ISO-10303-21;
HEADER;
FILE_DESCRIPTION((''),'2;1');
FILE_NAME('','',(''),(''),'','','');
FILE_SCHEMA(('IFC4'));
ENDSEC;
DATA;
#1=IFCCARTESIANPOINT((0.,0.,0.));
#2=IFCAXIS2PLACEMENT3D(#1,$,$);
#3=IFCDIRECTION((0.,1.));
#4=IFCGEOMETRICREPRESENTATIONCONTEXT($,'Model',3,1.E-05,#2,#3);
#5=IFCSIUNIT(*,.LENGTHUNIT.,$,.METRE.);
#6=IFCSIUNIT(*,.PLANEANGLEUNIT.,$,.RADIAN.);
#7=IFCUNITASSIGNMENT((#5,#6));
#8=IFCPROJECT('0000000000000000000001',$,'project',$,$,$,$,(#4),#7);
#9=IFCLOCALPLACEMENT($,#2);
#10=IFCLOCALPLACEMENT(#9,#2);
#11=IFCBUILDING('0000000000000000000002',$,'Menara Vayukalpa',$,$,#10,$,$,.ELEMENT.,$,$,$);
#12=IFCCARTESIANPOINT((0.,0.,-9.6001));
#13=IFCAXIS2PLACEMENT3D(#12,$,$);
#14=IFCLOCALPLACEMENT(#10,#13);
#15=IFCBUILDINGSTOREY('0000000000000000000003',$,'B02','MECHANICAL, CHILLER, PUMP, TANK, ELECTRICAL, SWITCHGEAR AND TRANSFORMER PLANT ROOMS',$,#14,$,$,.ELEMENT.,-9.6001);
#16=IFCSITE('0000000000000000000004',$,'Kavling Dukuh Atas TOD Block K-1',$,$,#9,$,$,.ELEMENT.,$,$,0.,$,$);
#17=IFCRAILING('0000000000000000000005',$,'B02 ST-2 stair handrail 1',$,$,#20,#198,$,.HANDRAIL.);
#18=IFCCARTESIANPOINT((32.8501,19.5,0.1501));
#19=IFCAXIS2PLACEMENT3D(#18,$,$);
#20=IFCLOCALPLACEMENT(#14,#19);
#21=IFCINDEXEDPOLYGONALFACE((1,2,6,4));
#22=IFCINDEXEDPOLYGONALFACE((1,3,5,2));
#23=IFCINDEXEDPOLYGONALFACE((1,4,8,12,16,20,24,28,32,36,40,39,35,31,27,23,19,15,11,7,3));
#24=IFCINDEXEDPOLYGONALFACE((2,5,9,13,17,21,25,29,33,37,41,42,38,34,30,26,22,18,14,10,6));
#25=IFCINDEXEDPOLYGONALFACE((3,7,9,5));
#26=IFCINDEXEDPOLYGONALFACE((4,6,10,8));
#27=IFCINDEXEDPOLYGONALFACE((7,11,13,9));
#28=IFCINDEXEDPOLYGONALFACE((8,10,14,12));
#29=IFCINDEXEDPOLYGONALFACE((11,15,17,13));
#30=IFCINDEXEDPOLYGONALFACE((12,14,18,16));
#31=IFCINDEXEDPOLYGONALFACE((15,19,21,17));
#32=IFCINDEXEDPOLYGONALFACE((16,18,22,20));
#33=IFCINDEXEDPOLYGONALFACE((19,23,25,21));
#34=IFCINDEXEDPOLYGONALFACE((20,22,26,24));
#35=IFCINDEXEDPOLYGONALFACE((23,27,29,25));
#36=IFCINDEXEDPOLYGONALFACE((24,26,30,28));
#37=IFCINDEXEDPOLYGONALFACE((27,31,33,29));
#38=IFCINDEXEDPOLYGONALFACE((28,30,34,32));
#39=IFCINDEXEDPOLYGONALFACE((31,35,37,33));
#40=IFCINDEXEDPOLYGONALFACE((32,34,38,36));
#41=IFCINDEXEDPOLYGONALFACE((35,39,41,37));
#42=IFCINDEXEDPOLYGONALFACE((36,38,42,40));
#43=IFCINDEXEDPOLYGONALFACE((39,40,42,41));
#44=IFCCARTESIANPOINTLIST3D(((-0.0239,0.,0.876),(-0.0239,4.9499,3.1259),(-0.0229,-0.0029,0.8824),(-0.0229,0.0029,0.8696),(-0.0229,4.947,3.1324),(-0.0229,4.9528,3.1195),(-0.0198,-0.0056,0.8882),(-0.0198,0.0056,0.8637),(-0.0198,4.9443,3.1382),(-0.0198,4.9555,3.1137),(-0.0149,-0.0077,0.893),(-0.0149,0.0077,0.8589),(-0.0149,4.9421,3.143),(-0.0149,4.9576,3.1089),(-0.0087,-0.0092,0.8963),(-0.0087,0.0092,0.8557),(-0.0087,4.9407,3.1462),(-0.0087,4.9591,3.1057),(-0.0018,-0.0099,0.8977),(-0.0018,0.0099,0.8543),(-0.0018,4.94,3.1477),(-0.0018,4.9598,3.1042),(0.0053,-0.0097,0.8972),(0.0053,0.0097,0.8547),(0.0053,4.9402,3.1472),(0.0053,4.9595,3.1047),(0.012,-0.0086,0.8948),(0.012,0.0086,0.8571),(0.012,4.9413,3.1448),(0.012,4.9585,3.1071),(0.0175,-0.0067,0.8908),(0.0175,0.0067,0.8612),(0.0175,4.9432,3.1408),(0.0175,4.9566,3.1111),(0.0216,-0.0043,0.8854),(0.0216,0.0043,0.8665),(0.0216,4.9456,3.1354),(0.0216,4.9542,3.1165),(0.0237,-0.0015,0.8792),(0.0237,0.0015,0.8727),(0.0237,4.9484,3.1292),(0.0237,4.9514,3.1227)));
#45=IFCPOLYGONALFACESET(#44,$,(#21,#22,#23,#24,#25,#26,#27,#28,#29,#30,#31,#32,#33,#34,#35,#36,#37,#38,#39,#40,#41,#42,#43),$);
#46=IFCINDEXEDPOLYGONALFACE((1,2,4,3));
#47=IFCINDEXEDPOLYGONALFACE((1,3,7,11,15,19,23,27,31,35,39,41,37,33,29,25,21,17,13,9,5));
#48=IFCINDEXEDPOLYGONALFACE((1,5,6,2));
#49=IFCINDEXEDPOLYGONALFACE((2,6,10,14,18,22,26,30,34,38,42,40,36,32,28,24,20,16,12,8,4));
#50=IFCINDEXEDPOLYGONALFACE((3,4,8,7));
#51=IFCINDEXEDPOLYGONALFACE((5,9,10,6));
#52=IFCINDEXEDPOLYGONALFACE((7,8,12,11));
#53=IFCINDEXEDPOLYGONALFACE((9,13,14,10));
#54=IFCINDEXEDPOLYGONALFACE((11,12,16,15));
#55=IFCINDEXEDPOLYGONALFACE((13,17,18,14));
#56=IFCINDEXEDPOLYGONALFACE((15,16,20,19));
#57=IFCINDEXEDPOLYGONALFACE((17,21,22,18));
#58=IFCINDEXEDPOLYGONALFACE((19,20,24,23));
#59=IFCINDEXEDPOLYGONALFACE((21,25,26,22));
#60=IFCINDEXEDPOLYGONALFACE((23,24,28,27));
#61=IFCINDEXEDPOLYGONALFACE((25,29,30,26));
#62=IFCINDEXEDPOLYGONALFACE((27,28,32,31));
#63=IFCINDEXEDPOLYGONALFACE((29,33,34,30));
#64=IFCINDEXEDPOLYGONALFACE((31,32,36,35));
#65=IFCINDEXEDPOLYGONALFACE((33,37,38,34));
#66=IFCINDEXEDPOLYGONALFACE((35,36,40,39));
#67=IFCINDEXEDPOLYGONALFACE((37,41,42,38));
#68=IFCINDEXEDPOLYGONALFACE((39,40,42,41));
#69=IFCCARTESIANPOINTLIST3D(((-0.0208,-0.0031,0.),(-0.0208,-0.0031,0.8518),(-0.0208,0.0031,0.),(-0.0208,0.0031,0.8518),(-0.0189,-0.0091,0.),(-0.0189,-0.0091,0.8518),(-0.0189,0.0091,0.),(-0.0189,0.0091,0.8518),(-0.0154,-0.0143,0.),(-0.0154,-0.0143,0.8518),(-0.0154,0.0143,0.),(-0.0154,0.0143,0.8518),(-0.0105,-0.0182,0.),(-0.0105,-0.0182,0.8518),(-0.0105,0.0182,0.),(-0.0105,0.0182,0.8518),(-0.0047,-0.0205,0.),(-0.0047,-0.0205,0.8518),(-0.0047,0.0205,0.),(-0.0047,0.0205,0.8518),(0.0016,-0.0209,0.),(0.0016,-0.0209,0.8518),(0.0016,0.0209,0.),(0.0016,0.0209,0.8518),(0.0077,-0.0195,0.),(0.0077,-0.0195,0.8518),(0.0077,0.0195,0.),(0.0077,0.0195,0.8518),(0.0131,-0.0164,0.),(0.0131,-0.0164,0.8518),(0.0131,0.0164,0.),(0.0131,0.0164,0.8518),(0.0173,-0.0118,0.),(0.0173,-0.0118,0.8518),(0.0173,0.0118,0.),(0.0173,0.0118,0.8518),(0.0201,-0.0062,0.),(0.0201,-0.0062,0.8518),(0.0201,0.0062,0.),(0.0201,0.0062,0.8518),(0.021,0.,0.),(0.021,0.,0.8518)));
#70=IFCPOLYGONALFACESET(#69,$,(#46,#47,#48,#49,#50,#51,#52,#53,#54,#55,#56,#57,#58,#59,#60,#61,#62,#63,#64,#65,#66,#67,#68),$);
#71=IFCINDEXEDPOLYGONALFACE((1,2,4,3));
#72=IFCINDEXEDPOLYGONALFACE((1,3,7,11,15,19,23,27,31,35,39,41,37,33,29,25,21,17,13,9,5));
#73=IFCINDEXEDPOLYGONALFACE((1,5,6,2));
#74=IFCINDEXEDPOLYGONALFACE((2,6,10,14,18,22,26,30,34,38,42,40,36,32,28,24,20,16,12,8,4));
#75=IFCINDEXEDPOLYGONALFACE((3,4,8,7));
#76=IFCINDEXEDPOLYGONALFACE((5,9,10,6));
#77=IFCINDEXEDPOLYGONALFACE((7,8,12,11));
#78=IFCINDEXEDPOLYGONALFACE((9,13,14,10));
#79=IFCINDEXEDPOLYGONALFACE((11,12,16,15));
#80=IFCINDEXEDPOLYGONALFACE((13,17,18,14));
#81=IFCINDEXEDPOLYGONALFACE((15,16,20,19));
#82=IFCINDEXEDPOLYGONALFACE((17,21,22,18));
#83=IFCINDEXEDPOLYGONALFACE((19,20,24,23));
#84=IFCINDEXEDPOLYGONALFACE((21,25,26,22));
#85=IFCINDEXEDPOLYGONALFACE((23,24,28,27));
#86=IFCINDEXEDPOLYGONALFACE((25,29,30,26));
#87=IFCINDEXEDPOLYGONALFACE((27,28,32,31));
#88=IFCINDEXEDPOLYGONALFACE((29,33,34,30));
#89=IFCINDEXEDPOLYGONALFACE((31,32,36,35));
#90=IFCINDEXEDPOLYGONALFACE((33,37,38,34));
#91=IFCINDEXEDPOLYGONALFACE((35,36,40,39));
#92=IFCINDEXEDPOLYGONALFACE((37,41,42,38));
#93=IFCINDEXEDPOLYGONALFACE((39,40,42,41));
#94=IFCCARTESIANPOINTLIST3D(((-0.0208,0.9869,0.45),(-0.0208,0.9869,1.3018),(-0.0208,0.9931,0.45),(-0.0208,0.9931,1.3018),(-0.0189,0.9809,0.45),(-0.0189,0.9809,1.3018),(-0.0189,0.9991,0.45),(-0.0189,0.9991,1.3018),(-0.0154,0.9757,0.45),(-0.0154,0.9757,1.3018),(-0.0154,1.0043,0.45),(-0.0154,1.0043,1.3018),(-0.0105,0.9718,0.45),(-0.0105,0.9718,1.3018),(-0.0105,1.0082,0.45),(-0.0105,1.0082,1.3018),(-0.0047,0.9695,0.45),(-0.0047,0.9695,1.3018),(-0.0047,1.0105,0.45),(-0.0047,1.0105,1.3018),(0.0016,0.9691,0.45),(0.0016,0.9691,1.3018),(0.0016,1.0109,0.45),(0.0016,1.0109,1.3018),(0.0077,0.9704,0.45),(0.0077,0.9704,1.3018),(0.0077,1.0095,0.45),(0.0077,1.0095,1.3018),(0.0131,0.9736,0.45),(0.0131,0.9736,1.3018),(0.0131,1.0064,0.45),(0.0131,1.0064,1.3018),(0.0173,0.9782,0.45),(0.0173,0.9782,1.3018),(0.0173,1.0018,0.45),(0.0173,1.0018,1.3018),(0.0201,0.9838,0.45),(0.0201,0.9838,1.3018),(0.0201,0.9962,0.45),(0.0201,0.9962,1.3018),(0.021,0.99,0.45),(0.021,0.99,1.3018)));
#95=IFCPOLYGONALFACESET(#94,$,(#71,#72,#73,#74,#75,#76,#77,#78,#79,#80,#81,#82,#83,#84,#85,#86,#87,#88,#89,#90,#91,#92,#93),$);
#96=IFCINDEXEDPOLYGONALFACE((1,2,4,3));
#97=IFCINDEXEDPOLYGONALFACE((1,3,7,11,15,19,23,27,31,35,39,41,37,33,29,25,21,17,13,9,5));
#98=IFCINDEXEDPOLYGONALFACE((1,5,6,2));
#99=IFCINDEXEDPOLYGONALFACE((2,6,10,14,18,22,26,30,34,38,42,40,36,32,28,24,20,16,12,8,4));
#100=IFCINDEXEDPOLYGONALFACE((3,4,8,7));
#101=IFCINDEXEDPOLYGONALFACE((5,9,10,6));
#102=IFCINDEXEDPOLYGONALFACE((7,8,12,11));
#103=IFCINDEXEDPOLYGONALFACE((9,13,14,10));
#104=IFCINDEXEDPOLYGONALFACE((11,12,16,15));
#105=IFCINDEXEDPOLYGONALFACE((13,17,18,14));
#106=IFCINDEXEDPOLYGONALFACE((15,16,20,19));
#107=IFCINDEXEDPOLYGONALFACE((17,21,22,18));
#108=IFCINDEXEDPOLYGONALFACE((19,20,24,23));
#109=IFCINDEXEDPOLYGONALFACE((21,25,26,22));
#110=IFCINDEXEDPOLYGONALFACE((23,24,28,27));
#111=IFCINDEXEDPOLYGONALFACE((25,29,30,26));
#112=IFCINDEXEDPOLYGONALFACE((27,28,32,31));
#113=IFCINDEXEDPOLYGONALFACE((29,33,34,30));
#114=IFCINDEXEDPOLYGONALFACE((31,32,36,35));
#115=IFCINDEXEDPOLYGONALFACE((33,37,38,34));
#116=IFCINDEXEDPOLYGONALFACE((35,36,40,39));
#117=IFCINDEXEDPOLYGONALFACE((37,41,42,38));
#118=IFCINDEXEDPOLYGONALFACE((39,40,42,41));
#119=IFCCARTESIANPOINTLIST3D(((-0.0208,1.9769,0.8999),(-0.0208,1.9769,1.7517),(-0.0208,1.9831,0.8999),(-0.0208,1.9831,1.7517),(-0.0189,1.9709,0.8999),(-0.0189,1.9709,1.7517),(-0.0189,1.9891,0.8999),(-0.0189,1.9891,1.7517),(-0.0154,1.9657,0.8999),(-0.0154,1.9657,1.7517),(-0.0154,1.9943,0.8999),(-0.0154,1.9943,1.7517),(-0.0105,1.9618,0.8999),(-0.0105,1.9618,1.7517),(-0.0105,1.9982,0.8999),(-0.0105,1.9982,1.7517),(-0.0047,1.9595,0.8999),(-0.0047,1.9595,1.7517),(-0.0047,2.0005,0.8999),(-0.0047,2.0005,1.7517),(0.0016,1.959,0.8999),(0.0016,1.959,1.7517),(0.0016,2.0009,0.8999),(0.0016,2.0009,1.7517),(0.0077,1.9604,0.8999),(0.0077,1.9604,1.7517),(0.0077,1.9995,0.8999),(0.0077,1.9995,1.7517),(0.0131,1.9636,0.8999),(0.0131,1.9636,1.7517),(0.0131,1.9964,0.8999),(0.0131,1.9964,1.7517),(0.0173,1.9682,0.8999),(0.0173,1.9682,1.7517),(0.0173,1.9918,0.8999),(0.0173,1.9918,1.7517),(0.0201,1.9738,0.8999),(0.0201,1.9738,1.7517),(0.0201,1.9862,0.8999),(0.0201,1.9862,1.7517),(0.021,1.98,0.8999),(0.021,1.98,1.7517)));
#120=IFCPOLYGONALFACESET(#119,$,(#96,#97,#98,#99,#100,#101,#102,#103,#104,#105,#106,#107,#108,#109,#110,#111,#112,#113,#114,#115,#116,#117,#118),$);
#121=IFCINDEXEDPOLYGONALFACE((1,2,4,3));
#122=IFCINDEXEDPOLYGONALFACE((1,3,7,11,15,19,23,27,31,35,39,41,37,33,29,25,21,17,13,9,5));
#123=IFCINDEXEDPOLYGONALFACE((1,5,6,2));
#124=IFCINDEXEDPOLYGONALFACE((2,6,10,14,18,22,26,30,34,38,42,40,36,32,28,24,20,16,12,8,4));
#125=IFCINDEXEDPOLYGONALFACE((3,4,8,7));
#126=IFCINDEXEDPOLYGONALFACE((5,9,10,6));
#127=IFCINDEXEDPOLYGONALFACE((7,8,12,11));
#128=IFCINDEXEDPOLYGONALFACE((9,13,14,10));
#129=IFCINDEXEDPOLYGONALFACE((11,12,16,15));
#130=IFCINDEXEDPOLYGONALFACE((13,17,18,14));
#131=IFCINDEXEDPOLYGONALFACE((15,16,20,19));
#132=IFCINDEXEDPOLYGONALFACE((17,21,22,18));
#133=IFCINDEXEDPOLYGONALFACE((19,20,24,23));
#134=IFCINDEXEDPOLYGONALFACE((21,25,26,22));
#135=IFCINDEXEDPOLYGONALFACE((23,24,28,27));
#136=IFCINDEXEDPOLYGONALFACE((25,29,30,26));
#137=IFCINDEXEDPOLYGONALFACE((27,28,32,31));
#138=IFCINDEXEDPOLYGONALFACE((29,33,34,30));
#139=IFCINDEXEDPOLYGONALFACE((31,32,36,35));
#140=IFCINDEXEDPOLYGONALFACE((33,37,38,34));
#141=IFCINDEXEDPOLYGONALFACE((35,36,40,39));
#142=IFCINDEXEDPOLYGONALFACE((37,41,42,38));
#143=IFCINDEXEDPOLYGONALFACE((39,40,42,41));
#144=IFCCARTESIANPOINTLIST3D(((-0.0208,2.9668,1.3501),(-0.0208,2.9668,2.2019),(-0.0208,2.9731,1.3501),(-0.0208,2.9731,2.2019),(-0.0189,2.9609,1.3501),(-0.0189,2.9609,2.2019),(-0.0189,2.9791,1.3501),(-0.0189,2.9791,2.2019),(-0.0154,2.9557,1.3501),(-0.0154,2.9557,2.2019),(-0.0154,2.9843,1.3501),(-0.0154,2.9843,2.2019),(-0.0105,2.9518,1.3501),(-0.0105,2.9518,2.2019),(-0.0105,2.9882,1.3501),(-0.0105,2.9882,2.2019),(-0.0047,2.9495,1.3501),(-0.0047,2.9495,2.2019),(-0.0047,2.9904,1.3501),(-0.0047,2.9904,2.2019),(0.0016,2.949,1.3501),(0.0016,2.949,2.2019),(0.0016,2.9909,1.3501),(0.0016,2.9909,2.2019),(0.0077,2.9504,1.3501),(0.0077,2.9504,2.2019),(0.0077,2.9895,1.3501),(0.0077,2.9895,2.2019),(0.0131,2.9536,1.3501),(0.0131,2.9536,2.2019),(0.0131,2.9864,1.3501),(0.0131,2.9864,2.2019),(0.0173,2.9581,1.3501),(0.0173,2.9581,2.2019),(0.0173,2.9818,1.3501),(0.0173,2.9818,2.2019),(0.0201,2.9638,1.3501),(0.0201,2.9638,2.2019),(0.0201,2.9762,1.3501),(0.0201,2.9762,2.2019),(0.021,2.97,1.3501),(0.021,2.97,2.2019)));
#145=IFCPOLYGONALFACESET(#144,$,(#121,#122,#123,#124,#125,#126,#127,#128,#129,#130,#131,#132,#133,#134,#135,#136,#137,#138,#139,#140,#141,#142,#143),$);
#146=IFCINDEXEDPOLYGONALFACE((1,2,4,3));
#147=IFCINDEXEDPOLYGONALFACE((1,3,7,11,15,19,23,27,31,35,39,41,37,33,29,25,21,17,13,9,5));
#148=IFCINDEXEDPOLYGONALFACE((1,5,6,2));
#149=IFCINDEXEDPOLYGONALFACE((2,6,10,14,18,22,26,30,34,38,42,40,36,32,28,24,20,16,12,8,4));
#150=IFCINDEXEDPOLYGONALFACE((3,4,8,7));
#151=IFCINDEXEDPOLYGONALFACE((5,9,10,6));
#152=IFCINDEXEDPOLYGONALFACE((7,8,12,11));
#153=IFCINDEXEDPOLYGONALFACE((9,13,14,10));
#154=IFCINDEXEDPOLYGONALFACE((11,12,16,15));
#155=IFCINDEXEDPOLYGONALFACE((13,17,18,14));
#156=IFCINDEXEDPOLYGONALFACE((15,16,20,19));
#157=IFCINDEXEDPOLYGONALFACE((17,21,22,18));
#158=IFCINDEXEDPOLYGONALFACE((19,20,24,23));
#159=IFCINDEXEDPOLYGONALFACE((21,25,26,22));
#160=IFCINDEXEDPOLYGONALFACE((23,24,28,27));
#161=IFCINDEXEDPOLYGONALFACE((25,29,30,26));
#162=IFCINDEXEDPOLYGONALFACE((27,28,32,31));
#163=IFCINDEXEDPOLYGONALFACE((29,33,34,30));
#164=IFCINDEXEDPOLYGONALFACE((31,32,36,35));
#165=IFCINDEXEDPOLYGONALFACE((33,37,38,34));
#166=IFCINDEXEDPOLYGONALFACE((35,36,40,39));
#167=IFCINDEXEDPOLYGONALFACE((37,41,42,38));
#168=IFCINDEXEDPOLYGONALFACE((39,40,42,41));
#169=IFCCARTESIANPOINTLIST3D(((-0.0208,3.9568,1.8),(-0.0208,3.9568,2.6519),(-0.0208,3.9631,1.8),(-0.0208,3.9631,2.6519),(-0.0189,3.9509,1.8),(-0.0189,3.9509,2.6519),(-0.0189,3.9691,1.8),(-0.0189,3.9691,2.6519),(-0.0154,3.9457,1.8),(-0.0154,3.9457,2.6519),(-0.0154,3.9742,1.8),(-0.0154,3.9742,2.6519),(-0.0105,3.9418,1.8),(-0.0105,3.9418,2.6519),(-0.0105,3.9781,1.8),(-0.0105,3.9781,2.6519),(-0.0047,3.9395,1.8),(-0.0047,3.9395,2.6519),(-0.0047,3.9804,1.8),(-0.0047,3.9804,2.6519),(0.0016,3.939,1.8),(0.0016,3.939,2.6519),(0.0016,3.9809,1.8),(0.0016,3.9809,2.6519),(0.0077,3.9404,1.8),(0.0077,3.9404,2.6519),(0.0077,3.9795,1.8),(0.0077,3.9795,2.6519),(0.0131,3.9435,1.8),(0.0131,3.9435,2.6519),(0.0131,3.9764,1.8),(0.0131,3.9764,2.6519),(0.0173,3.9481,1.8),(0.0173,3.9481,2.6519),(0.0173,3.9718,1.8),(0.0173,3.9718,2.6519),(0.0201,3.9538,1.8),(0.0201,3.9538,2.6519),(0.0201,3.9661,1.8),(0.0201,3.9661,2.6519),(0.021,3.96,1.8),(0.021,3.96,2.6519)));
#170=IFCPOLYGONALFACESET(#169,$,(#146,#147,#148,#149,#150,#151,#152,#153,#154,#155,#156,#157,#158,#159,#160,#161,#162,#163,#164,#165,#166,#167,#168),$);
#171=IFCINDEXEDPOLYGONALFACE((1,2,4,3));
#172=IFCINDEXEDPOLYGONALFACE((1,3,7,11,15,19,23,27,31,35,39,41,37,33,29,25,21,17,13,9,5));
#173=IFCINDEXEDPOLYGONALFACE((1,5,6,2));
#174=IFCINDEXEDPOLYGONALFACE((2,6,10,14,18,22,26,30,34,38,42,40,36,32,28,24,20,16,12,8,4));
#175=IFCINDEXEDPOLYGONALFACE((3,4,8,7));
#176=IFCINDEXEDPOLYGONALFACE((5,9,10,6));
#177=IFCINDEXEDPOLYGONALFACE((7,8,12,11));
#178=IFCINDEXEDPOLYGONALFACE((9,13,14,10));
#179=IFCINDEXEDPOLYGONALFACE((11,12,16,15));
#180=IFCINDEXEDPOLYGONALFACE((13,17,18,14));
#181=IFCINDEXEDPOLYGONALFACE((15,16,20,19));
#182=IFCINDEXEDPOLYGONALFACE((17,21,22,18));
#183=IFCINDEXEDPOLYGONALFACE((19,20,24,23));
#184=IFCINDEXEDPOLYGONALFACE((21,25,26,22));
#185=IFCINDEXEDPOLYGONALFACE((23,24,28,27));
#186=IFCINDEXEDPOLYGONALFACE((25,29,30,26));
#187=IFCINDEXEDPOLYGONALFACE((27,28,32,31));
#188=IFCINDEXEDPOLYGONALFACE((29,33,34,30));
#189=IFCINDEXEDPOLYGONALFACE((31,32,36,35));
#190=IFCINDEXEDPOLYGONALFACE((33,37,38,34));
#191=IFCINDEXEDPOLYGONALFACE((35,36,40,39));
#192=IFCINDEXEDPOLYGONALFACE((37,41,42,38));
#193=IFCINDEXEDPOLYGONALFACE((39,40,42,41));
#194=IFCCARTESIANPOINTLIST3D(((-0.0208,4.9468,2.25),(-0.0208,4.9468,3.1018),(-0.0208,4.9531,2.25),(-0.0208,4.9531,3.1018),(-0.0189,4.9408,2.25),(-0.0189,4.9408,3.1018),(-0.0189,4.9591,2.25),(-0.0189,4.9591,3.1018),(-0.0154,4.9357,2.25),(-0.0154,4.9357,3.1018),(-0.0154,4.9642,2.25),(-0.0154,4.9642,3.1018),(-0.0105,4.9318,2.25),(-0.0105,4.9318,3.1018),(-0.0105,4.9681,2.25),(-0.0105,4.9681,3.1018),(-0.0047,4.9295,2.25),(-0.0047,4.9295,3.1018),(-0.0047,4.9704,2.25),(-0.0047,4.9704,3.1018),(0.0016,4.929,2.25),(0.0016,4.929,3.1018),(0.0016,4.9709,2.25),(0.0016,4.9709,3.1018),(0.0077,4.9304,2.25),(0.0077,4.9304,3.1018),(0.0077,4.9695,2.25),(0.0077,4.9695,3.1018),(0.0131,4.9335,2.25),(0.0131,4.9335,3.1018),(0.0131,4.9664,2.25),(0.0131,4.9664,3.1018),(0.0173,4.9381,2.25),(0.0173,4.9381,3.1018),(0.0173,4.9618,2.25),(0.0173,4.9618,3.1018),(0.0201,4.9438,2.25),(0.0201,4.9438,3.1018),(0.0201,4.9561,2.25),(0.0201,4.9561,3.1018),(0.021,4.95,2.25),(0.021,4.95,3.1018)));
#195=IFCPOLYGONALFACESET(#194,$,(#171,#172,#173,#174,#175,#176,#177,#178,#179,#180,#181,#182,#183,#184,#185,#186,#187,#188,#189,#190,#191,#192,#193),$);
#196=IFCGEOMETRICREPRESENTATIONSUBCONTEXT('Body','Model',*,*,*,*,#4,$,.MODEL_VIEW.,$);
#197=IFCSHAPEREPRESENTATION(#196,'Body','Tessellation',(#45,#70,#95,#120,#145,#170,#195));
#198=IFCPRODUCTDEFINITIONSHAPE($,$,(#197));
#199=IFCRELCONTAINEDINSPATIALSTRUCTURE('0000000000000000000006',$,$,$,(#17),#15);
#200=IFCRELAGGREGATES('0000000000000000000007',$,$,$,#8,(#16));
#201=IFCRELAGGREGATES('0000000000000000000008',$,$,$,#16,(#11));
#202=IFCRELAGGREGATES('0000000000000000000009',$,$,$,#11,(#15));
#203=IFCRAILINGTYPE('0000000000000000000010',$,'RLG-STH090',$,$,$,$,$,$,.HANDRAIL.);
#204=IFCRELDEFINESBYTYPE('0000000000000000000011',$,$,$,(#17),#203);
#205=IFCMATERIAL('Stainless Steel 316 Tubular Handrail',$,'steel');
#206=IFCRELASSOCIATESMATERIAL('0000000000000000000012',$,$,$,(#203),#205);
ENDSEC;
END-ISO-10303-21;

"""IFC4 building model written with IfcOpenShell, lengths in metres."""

from ifc_helpers import new_model, si_unit, direction, frame, origin, origin_2d, place, context, subcontext, project, spatial, circle, extrude, material, type_object, element, save


model = new_model("IFC4")

# Units and contexts
model_context = context("Model", 3, precision=1e-05, world=origin(), true_north=direction((0.0, 1.0)))
body_context = subcontext(model_context, "Body", "Model", "MODEL_VIEW")
ifc_project = project(units=[si_unit("LENGTHUNIT", "METRE"), si_unit("PLANEANGLEUNIT", "RADIAN")], contexts=[model_context])

# Site, building, storey
site_placement = place(None, origin())
site = spatial("IfcSite", under=ifc_project, at=site_placement, Name="Kavling Dukuh Atas TOD Block K-1", CompositionType="ELEMENT", RefElevation=0.0)
building_placement = place(site_placement, origin())
building = spatial("IfcBuilding", under=site, at=building_placement, Name="Menara Vayukalpa", CompositionType="ELEMENT")
storey_placement = place(building_placement, frame((0.0, 0.0, -9.6001)))
storey = spatial("IfcBuildingStorey", under=building, at=storey_placement, Name="B02", Description="MECHANICAL, CHILLER, PUMP, TANK, ELECTRICAL, SWITCHGEAR AND TRANSFORMER PLANT ROOMS", CompositionType="ELEMENT", Elevation=-9.6001)

# Railing
ifc_material_1 = material(Name="Stainless Steel 316 Tubular Handrail", Category="steel")
railing_type_1 = type_object("IfcRailingType", Name="RLG-STH090", PredefinedType="HANDRAIL", material=ifc_material_1)
for number, where, name in (
    (1, (32.8501, 19.5, 0.1501), "B02 ST-2 stair handrail 1"),
):
    element("IfcRailing", number, at=place(storey_placement, frame(where)), inside=storey, type_object=railing_type_1, Name=name, PredefinedType="HANDRAIL", context=body_context, shape_type="SweptSolid", body=[
        extrude(circle(Radius=0.0239, at=origin_2d()), frame((0.0, 0.0, 0.876), z_axis=(0.0, 0.910365, 0.413806), x_axis=(-1.0, 0.0, 0.0)), (0.0, 0.0, 1.0), 5.4373),
        extrude(circle(Radius=0.021, at=origin_2d()), origin(), (0.0, 0.0, 1.0), 0.8518),
        extrude(circle(Radius=0.021, at=origin_2d()), frame((0.0, 0.99, 0.45)), (0.0, 0.0, 1.0), 0.8518),
        extrude(circle(Radius=0.021, at=origin_2d()), frame((0.0, 1.98, 0.8999)), (0.0, 0.0, 1.0), 0.8518),
        extrude(circle(Radius=0.021, at=origin_2d()), frame((0.0, 2.97, 1.3501)), (0.0, 0.0, 1.0), 0.8518),
        extrude(circle(Radius=0.021, at=origin_2d()), frame((0.0, 3.96, 1.8)), (0.0, 0.0, 1.0), 0.8518),
        extrude(circle(Radius=0.021, at=origin_2d()), frame((0.0, 4.95, 2.25)), (0.0, 0.0, 1.0), 0.8518),
    ])

save(model, "model.ifc")
